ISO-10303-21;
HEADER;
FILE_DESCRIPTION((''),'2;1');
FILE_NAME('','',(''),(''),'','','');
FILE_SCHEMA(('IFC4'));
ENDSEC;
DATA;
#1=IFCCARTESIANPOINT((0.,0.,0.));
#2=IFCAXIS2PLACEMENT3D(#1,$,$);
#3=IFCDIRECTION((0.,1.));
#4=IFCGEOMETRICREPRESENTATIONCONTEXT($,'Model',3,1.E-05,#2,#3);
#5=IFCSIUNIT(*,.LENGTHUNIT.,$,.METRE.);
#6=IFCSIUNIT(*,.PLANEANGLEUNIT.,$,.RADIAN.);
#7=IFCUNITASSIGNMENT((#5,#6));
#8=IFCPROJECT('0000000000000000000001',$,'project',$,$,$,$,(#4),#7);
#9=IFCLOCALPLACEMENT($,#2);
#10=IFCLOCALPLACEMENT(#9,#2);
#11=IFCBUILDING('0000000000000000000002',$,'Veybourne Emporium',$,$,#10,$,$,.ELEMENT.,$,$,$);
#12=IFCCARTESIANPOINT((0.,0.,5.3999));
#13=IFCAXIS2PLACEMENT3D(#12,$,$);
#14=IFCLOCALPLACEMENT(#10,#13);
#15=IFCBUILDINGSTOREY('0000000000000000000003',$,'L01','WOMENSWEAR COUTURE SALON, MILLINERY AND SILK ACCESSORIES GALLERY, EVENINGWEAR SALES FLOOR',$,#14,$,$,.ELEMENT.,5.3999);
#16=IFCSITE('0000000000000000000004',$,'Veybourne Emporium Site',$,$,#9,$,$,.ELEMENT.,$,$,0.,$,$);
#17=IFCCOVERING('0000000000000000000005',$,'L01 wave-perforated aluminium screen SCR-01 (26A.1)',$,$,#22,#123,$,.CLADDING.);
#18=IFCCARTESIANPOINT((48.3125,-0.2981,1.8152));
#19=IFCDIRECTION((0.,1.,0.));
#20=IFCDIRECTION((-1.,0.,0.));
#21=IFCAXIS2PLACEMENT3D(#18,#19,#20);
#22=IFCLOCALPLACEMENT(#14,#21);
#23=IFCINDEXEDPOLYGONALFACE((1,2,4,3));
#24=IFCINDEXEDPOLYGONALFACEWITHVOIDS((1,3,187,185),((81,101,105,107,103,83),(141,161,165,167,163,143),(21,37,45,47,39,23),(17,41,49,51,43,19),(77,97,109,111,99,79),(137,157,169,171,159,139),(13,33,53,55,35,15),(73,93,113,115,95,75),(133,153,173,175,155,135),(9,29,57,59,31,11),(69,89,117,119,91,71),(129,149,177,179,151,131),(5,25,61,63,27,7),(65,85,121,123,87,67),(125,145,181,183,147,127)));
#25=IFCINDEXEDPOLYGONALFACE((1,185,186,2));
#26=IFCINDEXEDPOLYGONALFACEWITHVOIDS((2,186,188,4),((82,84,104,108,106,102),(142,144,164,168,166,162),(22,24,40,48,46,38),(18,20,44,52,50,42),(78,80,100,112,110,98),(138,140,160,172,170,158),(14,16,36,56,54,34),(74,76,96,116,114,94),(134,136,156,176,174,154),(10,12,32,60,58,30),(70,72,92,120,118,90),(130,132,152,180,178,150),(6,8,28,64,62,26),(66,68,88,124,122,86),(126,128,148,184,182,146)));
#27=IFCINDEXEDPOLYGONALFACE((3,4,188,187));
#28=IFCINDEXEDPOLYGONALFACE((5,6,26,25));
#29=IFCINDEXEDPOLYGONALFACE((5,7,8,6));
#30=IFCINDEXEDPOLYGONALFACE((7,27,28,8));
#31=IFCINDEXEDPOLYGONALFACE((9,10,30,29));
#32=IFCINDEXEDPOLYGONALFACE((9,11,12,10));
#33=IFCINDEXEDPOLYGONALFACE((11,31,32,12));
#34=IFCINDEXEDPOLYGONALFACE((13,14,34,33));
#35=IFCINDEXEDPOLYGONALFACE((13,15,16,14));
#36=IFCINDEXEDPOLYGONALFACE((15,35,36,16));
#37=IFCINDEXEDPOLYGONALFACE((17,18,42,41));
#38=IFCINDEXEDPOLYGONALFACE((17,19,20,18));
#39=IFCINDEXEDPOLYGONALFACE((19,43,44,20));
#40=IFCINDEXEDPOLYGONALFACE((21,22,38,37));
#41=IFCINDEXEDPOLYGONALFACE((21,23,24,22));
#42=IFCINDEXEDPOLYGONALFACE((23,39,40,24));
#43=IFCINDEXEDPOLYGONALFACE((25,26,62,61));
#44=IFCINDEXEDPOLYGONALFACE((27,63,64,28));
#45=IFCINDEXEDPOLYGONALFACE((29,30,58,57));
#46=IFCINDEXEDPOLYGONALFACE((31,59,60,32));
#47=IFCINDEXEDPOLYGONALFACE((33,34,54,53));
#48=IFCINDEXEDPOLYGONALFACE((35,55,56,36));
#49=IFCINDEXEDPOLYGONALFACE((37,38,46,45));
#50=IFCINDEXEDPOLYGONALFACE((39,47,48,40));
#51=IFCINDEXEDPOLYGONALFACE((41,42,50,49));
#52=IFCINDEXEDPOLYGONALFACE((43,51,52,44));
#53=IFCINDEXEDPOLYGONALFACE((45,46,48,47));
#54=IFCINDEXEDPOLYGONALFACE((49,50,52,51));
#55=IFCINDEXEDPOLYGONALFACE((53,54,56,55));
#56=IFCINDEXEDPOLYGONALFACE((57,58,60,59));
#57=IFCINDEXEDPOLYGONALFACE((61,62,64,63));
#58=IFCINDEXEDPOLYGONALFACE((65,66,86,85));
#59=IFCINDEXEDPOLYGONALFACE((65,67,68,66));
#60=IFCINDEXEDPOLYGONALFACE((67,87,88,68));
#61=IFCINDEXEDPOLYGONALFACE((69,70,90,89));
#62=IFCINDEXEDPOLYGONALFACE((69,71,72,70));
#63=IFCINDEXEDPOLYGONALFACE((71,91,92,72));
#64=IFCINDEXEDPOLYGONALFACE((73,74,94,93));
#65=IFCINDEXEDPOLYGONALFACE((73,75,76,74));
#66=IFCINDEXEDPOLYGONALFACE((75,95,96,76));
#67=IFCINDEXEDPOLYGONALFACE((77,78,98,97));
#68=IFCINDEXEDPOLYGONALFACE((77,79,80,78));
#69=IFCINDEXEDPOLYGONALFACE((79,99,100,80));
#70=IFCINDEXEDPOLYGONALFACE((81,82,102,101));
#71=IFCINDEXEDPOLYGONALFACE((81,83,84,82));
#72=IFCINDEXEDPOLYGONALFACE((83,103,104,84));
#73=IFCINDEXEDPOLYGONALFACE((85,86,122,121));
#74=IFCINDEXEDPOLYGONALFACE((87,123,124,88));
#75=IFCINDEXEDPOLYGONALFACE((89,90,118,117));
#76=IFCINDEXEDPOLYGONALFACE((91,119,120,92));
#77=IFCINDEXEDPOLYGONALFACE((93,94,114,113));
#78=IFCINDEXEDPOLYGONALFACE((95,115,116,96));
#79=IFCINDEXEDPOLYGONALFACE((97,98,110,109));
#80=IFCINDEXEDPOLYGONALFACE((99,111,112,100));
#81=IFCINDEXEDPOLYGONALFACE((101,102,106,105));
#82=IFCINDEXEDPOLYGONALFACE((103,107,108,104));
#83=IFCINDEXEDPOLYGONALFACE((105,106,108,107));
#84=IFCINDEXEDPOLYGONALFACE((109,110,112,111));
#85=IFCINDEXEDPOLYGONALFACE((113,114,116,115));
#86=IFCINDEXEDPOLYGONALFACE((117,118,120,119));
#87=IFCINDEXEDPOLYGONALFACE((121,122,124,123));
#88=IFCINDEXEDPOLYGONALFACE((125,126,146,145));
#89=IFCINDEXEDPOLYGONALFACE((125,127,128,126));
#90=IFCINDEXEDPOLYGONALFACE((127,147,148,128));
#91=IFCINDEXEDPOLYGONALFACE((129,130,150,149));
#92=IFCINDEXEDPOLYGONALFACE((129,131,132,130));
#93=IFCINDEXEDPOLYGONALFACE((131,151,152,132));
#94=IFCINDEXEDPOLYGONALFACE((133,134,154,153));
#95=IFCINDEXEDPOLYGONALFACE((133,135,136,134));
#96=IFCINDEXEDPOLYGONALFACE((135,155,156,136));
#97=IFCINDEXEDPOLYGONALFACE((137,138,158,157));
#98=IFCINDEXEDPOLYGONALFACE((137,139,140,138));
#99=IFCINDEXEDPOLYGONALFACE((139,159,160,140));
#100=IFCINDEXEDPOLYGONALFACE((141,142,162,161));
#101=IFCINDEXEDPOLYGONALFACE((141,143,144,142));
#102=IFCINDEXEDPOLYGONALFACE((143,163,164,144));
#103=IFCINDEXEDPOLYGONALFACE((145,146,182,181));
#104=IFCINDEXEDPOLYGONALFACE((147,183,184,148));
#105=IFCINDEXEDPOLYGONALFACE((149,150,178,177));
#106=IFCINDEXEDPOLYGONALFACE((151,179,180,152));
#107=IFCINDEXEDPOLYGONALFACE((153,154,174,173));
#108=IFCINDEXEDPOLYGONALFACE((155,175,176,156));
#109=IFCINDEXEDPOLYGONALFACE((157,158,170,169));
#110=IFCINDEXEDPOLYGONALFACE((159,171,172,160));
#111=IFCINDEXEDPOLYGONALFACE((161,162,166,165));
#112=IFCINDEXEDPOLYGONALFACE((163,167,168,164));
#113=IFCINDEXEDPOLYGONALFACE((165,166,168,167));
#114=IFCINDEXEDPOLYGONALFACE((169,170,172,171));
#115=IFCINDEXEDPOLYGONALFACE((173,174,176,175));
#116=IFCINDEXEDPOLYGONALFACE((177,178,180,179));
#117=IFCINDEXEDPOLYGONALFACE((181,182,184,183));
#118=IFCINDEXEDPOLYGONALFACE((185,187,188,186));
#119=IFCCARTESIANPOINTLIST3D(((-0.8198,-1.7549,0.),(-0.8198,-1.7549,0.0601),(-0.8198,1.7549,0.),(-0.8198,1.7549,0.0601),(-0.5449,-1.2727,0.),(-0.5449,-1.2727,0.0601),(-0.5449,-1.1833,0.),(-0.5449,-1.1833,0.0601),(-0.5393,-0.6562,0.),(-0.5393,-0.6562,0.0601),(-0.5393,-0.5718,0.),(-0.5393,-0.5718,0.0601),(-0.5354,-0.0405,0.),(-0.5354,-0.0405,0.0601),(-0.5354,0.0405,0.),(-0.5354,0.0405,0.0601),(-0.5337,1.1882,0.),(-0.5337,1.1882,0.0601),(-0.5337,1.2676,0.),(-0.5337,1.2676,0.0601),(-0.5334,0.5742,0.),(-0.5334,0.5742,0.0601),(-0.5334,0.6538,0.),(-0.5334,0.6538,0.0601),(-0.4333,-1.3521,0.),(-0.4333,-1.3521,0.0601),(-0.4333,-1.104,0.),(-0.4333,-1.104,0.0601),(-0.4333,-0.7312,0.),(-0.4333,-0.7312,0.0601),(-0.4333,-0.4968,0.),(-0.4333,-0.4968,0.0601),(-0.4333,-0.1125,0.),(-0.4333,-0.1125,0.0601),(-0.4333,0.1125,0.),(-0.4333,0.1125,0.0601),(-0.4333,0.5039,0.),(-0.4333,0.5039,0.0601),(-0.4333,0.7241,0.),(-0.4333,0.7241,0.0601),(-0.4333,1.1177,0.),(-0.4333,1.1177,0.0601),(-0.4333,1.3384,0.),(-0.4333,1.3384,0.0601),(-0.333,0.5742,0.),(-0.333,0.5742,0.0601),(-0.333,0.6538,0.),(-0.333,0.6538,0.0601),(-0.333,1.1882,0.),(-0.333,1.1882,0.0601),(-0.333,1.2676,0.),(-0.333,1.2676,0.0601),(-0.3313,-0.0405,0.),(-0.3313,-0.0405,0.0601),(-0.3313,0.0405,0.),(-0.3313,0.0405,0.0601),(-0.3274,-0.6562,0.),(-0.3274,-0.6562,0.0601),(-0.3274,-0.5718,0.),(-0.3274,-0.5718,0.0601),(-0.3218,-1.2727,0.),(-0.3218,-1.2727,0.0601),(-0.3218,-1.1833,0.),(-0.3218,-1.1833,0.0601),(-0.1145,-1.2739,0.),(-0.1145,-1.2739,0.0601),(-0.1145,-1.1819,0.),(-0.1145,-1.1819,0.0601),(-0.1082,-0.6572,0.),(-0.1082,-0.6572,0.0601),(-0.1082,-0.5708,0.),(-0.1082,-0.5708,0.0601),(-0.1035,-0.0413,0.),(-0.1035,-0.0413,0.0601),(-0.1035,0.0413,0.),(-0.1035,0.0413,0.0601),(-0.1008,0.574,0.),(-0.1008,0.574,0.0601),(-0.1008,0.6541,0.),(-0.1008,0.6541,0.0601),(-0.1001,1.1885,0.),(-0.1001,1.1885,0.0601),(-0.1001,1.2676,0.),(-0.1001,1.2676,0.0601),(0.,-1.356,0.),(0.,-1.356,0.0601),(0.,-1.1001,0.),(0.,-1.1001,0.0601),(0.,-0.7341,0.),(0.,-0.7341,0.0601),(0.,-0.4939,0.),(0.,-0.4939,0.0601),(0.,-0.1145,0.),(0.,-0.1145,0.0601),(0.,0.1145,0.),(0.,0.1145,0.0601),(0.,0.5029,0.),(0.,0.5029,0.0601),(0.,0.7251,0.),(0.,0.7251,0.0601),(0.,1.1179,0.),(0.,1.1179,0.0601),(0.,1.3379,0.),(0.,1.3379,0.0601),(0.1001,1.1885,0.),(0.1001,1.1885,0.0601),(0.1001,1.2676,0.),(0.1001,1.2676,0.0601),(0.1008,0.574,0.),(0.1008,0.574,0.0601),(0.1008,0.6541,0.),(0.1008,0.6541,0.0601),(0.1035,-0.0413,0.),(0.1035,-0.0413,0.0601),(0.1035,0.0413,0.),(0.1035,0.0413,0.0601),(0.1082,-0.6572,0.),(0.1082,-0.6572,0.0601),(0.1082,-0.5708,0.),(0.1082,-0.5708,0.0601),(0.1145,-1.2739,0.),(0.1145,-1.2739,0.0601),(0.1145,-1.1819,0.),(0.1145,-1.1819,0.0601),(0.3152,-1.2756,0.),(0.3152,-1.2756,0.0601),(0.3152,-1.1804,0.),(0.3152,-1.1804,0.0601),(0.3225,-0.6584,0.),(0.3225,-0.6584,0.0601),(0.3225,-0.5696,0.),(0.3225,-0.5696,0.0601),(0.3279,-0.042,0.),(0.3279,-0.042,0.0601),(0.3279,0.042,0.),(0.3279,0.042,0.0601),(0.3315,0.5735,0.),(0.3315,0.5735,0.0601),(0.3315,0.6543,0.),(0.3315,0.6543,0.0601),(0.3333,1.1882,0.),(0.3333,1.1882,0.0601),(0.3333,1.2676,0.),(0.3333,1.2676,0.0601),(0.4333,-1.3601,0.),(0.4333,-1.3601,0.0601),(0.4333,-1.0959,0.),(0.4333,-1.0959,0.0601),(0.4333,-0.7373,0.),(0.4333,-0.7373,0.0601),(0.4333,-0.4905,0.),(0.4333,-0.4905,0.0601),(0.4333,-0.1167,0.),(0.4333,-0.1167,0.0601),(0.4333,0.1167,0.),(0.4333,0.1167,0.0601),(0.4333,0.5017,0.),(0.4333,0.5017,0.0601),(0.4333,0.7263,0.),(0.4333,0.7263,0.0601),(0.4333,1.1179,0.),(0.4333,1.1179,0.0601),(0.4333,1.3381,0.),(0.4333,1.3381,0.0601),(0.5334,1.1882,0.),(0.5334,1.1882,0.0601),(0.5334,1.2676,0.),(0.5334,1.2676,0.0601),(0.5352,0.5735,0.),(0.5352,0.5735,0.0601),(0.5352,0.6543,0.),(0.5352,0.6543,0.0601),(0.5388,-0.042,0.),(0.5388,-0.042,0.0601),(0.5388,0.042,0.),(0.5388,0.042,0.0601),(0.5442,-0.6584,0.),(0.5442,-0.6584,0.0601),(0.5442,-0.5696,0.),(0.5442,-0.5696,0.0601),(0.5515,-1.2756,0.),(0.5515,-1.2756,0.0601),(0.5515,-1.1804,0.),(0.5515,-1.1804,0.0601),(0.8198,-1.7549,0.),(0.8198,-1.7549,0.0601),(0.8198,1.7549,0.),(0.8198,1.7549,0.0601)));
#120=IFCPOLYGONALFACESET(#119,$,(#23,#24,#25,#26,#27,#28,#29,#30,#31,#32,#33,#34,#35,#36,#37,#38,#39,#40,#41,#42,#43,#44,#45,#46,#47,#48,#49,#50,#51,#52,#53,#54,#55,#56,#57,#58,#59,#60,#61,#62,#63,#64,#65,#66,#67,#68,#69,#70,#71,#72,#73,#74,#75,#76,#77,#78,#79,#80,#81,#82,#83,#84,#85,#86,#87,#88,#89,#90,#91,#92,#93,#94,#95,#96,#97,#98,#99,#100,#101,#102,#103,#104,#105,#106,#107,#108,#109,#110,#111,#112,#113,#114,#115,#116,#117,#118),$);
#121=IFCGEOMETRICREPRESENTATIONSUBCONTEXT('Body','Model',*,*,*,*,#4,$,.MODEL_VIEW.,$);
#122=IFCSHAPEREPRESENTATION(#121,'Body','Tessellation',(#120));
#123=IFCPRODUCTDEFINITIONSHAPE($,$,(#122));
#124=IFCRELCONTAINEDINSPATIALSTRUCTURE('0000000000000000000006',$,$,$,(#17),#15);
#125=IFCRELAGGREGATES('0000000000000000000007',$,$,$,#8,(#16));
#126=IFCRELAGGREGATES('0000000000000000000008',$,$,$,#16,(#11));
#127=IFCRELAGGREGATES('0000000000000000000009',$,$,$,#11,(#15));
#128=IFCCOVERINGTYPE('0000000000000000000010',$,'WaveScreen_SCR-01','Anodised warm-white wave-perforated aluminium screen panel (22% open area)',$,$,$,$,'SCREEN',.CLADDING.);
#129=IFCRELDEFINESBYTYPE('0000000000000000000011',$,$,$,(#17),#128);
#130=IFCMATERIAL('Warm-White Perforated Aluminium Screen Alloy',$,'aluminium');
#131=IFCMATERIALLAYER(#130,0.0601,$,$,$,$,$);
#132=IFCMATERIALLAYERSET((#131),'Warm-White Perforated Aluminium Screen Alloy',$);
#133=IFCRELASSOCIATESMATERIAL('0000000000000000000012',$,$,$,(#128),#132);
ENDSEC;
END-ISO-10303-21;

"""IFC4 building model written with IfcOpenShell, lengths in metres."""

from ifc_helpers import new_model, si_unit, direction, frame, origin, place, context, subcontext, project, spatial, polyline, outline, extrude, material, layer, layer_set, type_object, element, save


model = new_model("IFC4")

# Units and contexts
model_context = context("Model", 3, precision=1e-05, world=origin(), true_north=direction((0.0, 1.0)))
body_context = subcontext(model_context, "Body", "Model", "MODEL_VIEW")
ifc_project = project(units=[si_unit("LENGTHUNIT", "METRE"), si_unit("PLANEANGLEUNIT", "RADIAN")], contexts=[model_context])

# Site, building, storey
site_placement = place(None, origin())
site = spatial("IfcSite", under=ifc_project, at=site_placement, Name="Veybourne Emporium Site", CompositionType="ELEMENT", RefElevation=0.0)
building_placement = place(site_placement, origin())
building = spatial("IfcBuilding", under=site, at=building_placement, Name="Veybourne Emporium", CompositionType="ELEMENT")
storey_placement = place(building_placement, frame((0.0, 0.0, 5.3999)))
storey = spatial("IfcBuildingStorey", under=building, at=storey_placement, Name="L01", Description="WOMENSWEAR COUTURE SALON, MILLINERY AND SILK ACCESSORIES GALLERY, EVENINGWEAR SALES FLOOR", CompositionType="ELEMENT", Elevation=5.3999)

# Covering
ifc_material_1 = material(Name="Warm-White Perforated Aluminium Screen Alloy", Category="aluminium")
ifc_layer_1 = layer(ifc_material_1, 0.0601)
ifc_layer_set_1 = layer_set([ifc_layer_1], Name="Warm-White Perforated Aluminium Screen Alloy")
covering_type = type_object("IfcCoveringType", Name="WaveScreen_SCR-01", Description="Anodised warm-white wave-perforated aluminium screen panel (22% open area)", ElementType="SCREEN", PredefinedType="CLADDING", material=ifc_layer_set_1)
covering_1_placement = place(storey_placement, frame((48.3125, -0.2981, 1.8152), z_axis=(0.0, 1.0, 0.0), x_axis=(-1.0, 0.0, 0.0)))
element("IfcCovering", 1, at=covering_1_placement, inside=storey, type_object=covering_type, Name="L01 wave-perforated aluminium screen SCR-01 (26A.1)", PredefinedType="CLADDING", context=body_context, shape_type="SweptSolid", body=[
    extrude(outline(polyline([(-0.8198, -1.7549), (0.8198, -1.7549), (0.8198, 1.7549), (-0.8198, 1.7549), (-0.8198, -1.7549)]), holes=[polyline([(-0.4333, -1.104), (-0.3218, -1.1833), (-0.3218, -1.2727), (-0.4333, -1.3521), (-0.5449, -1.2727), (-0.5449, -1.1833), (-0.4333, -1.104)]), polyline([(-0.4333, -0.4968), (-0.3274, -0.5718), (-0.3274, -0.6562), (-0.4333, -0.7312), (-0.5393, -0.6562), (-0.5393, -0.5718), (-0.4333, -0.4968)]), polyline([(-0.4333, 0.1125), (-0.3313, 0.0405), (-0.3313, -0.0405), (-0.4333, -0.1125), (-0.5354, -0.0405), (-0.5354, 0.0405), (-0.4333, 0.1125)]), polyline([(-0.4333, 0.7241), (-0.333, 0.6538), (-0.333, 0.5742), (-0.4333, 0.5039), (-0.5334, 0.5742), (-0.5334, 0.6538), (-0.4333, 0.7241)]), polyline([(-0.4333, 1.3384), (-0.333, 1.2676), (-0.333, 1.1882), (-0.4333, 1.1177), (-0.5337, 1.1882), (-0.5337, 1.2676), (-0.4333, 1.3384)]), polyline([(0.0, -1.1001), (0.1145, -1.1819), (0.1145, -1.2739), (0.0, -1.356), (-0.1145, -1.2739), (-0.1145, -1.1819), (0.0, -1.1001)]), polyline([(0.0, -0.4939), (0.1082, -0.5708), (0.1082, -0.6572), (0.0, -0.7341), (-0.1082, -0.6572), (-0.1082, -0.5708), (0.0, -0.4939)]), polyline([(0.0, 0.1145), (0.1035, 0.0413), (0.1035, -0.0413), (0.0, -0.1145), (-0.1035, -0.0413), (-0.1035, 0.0413), (0.0, 0.1145)]), polyline([(0.0, 0.7251), (0.1008, 0.6541), (0.1008, 0.574), (0.0, 0.5029), (-0.1008, 0.574), (-0.1008, 0.6541), (0.0, 0.7251)]), polyline([(0.0, 1.3379), (0.1001, 1.2676), (0.1001, 1.1885), (0.0, 1.1179), (-0.1001, 1.1885), (-0.1001, 1.2676), (0.0, 1.3379)]), polyline([(0.4333, -1.0959), (0.5515, -1.1804), (0.5515, -1.2756), (0.4333, -1.3601), (0.3152, -1.2756), (0.3152, -1.1804), (0.4333, -1.0959)]), polyline([(0.4333, -0.4905), (0.5442, -0.5696), (0.5442, -0.6584), (0.4333, -0.7373), (0.3225, -0.6584), (0.3225, -0.5696), (0.4333, -0.4905)]), polyline([(0.4333, 0.1167), (0.5388, 0.042), (0.5388, -0.042), (0.4333, -0.1167), (0.3279, -0.042), (0.3279, 0.042), (0.4333, 0.1167)]), polyline([(0.4333, 0.7263), (0.5352, 0.6543), (0.5352, 0.5735), (0.4333, 0.5017), (0.3315, 0.5735), (0.3315, 0.6543), (0.4333, 0.7263)]), polyline([(0.4333, 1.3381), (0.5334, 1.2676), (0.5334, 1.1882), (0.4333, 1.1179), (0.3333, 1.1882), (0.3333, 1.2676), (0.4333, 1.3381)])]), origin(), (0.0, 0.0, 1.0), 0.0601),
])

save(model, "model.ifc")
